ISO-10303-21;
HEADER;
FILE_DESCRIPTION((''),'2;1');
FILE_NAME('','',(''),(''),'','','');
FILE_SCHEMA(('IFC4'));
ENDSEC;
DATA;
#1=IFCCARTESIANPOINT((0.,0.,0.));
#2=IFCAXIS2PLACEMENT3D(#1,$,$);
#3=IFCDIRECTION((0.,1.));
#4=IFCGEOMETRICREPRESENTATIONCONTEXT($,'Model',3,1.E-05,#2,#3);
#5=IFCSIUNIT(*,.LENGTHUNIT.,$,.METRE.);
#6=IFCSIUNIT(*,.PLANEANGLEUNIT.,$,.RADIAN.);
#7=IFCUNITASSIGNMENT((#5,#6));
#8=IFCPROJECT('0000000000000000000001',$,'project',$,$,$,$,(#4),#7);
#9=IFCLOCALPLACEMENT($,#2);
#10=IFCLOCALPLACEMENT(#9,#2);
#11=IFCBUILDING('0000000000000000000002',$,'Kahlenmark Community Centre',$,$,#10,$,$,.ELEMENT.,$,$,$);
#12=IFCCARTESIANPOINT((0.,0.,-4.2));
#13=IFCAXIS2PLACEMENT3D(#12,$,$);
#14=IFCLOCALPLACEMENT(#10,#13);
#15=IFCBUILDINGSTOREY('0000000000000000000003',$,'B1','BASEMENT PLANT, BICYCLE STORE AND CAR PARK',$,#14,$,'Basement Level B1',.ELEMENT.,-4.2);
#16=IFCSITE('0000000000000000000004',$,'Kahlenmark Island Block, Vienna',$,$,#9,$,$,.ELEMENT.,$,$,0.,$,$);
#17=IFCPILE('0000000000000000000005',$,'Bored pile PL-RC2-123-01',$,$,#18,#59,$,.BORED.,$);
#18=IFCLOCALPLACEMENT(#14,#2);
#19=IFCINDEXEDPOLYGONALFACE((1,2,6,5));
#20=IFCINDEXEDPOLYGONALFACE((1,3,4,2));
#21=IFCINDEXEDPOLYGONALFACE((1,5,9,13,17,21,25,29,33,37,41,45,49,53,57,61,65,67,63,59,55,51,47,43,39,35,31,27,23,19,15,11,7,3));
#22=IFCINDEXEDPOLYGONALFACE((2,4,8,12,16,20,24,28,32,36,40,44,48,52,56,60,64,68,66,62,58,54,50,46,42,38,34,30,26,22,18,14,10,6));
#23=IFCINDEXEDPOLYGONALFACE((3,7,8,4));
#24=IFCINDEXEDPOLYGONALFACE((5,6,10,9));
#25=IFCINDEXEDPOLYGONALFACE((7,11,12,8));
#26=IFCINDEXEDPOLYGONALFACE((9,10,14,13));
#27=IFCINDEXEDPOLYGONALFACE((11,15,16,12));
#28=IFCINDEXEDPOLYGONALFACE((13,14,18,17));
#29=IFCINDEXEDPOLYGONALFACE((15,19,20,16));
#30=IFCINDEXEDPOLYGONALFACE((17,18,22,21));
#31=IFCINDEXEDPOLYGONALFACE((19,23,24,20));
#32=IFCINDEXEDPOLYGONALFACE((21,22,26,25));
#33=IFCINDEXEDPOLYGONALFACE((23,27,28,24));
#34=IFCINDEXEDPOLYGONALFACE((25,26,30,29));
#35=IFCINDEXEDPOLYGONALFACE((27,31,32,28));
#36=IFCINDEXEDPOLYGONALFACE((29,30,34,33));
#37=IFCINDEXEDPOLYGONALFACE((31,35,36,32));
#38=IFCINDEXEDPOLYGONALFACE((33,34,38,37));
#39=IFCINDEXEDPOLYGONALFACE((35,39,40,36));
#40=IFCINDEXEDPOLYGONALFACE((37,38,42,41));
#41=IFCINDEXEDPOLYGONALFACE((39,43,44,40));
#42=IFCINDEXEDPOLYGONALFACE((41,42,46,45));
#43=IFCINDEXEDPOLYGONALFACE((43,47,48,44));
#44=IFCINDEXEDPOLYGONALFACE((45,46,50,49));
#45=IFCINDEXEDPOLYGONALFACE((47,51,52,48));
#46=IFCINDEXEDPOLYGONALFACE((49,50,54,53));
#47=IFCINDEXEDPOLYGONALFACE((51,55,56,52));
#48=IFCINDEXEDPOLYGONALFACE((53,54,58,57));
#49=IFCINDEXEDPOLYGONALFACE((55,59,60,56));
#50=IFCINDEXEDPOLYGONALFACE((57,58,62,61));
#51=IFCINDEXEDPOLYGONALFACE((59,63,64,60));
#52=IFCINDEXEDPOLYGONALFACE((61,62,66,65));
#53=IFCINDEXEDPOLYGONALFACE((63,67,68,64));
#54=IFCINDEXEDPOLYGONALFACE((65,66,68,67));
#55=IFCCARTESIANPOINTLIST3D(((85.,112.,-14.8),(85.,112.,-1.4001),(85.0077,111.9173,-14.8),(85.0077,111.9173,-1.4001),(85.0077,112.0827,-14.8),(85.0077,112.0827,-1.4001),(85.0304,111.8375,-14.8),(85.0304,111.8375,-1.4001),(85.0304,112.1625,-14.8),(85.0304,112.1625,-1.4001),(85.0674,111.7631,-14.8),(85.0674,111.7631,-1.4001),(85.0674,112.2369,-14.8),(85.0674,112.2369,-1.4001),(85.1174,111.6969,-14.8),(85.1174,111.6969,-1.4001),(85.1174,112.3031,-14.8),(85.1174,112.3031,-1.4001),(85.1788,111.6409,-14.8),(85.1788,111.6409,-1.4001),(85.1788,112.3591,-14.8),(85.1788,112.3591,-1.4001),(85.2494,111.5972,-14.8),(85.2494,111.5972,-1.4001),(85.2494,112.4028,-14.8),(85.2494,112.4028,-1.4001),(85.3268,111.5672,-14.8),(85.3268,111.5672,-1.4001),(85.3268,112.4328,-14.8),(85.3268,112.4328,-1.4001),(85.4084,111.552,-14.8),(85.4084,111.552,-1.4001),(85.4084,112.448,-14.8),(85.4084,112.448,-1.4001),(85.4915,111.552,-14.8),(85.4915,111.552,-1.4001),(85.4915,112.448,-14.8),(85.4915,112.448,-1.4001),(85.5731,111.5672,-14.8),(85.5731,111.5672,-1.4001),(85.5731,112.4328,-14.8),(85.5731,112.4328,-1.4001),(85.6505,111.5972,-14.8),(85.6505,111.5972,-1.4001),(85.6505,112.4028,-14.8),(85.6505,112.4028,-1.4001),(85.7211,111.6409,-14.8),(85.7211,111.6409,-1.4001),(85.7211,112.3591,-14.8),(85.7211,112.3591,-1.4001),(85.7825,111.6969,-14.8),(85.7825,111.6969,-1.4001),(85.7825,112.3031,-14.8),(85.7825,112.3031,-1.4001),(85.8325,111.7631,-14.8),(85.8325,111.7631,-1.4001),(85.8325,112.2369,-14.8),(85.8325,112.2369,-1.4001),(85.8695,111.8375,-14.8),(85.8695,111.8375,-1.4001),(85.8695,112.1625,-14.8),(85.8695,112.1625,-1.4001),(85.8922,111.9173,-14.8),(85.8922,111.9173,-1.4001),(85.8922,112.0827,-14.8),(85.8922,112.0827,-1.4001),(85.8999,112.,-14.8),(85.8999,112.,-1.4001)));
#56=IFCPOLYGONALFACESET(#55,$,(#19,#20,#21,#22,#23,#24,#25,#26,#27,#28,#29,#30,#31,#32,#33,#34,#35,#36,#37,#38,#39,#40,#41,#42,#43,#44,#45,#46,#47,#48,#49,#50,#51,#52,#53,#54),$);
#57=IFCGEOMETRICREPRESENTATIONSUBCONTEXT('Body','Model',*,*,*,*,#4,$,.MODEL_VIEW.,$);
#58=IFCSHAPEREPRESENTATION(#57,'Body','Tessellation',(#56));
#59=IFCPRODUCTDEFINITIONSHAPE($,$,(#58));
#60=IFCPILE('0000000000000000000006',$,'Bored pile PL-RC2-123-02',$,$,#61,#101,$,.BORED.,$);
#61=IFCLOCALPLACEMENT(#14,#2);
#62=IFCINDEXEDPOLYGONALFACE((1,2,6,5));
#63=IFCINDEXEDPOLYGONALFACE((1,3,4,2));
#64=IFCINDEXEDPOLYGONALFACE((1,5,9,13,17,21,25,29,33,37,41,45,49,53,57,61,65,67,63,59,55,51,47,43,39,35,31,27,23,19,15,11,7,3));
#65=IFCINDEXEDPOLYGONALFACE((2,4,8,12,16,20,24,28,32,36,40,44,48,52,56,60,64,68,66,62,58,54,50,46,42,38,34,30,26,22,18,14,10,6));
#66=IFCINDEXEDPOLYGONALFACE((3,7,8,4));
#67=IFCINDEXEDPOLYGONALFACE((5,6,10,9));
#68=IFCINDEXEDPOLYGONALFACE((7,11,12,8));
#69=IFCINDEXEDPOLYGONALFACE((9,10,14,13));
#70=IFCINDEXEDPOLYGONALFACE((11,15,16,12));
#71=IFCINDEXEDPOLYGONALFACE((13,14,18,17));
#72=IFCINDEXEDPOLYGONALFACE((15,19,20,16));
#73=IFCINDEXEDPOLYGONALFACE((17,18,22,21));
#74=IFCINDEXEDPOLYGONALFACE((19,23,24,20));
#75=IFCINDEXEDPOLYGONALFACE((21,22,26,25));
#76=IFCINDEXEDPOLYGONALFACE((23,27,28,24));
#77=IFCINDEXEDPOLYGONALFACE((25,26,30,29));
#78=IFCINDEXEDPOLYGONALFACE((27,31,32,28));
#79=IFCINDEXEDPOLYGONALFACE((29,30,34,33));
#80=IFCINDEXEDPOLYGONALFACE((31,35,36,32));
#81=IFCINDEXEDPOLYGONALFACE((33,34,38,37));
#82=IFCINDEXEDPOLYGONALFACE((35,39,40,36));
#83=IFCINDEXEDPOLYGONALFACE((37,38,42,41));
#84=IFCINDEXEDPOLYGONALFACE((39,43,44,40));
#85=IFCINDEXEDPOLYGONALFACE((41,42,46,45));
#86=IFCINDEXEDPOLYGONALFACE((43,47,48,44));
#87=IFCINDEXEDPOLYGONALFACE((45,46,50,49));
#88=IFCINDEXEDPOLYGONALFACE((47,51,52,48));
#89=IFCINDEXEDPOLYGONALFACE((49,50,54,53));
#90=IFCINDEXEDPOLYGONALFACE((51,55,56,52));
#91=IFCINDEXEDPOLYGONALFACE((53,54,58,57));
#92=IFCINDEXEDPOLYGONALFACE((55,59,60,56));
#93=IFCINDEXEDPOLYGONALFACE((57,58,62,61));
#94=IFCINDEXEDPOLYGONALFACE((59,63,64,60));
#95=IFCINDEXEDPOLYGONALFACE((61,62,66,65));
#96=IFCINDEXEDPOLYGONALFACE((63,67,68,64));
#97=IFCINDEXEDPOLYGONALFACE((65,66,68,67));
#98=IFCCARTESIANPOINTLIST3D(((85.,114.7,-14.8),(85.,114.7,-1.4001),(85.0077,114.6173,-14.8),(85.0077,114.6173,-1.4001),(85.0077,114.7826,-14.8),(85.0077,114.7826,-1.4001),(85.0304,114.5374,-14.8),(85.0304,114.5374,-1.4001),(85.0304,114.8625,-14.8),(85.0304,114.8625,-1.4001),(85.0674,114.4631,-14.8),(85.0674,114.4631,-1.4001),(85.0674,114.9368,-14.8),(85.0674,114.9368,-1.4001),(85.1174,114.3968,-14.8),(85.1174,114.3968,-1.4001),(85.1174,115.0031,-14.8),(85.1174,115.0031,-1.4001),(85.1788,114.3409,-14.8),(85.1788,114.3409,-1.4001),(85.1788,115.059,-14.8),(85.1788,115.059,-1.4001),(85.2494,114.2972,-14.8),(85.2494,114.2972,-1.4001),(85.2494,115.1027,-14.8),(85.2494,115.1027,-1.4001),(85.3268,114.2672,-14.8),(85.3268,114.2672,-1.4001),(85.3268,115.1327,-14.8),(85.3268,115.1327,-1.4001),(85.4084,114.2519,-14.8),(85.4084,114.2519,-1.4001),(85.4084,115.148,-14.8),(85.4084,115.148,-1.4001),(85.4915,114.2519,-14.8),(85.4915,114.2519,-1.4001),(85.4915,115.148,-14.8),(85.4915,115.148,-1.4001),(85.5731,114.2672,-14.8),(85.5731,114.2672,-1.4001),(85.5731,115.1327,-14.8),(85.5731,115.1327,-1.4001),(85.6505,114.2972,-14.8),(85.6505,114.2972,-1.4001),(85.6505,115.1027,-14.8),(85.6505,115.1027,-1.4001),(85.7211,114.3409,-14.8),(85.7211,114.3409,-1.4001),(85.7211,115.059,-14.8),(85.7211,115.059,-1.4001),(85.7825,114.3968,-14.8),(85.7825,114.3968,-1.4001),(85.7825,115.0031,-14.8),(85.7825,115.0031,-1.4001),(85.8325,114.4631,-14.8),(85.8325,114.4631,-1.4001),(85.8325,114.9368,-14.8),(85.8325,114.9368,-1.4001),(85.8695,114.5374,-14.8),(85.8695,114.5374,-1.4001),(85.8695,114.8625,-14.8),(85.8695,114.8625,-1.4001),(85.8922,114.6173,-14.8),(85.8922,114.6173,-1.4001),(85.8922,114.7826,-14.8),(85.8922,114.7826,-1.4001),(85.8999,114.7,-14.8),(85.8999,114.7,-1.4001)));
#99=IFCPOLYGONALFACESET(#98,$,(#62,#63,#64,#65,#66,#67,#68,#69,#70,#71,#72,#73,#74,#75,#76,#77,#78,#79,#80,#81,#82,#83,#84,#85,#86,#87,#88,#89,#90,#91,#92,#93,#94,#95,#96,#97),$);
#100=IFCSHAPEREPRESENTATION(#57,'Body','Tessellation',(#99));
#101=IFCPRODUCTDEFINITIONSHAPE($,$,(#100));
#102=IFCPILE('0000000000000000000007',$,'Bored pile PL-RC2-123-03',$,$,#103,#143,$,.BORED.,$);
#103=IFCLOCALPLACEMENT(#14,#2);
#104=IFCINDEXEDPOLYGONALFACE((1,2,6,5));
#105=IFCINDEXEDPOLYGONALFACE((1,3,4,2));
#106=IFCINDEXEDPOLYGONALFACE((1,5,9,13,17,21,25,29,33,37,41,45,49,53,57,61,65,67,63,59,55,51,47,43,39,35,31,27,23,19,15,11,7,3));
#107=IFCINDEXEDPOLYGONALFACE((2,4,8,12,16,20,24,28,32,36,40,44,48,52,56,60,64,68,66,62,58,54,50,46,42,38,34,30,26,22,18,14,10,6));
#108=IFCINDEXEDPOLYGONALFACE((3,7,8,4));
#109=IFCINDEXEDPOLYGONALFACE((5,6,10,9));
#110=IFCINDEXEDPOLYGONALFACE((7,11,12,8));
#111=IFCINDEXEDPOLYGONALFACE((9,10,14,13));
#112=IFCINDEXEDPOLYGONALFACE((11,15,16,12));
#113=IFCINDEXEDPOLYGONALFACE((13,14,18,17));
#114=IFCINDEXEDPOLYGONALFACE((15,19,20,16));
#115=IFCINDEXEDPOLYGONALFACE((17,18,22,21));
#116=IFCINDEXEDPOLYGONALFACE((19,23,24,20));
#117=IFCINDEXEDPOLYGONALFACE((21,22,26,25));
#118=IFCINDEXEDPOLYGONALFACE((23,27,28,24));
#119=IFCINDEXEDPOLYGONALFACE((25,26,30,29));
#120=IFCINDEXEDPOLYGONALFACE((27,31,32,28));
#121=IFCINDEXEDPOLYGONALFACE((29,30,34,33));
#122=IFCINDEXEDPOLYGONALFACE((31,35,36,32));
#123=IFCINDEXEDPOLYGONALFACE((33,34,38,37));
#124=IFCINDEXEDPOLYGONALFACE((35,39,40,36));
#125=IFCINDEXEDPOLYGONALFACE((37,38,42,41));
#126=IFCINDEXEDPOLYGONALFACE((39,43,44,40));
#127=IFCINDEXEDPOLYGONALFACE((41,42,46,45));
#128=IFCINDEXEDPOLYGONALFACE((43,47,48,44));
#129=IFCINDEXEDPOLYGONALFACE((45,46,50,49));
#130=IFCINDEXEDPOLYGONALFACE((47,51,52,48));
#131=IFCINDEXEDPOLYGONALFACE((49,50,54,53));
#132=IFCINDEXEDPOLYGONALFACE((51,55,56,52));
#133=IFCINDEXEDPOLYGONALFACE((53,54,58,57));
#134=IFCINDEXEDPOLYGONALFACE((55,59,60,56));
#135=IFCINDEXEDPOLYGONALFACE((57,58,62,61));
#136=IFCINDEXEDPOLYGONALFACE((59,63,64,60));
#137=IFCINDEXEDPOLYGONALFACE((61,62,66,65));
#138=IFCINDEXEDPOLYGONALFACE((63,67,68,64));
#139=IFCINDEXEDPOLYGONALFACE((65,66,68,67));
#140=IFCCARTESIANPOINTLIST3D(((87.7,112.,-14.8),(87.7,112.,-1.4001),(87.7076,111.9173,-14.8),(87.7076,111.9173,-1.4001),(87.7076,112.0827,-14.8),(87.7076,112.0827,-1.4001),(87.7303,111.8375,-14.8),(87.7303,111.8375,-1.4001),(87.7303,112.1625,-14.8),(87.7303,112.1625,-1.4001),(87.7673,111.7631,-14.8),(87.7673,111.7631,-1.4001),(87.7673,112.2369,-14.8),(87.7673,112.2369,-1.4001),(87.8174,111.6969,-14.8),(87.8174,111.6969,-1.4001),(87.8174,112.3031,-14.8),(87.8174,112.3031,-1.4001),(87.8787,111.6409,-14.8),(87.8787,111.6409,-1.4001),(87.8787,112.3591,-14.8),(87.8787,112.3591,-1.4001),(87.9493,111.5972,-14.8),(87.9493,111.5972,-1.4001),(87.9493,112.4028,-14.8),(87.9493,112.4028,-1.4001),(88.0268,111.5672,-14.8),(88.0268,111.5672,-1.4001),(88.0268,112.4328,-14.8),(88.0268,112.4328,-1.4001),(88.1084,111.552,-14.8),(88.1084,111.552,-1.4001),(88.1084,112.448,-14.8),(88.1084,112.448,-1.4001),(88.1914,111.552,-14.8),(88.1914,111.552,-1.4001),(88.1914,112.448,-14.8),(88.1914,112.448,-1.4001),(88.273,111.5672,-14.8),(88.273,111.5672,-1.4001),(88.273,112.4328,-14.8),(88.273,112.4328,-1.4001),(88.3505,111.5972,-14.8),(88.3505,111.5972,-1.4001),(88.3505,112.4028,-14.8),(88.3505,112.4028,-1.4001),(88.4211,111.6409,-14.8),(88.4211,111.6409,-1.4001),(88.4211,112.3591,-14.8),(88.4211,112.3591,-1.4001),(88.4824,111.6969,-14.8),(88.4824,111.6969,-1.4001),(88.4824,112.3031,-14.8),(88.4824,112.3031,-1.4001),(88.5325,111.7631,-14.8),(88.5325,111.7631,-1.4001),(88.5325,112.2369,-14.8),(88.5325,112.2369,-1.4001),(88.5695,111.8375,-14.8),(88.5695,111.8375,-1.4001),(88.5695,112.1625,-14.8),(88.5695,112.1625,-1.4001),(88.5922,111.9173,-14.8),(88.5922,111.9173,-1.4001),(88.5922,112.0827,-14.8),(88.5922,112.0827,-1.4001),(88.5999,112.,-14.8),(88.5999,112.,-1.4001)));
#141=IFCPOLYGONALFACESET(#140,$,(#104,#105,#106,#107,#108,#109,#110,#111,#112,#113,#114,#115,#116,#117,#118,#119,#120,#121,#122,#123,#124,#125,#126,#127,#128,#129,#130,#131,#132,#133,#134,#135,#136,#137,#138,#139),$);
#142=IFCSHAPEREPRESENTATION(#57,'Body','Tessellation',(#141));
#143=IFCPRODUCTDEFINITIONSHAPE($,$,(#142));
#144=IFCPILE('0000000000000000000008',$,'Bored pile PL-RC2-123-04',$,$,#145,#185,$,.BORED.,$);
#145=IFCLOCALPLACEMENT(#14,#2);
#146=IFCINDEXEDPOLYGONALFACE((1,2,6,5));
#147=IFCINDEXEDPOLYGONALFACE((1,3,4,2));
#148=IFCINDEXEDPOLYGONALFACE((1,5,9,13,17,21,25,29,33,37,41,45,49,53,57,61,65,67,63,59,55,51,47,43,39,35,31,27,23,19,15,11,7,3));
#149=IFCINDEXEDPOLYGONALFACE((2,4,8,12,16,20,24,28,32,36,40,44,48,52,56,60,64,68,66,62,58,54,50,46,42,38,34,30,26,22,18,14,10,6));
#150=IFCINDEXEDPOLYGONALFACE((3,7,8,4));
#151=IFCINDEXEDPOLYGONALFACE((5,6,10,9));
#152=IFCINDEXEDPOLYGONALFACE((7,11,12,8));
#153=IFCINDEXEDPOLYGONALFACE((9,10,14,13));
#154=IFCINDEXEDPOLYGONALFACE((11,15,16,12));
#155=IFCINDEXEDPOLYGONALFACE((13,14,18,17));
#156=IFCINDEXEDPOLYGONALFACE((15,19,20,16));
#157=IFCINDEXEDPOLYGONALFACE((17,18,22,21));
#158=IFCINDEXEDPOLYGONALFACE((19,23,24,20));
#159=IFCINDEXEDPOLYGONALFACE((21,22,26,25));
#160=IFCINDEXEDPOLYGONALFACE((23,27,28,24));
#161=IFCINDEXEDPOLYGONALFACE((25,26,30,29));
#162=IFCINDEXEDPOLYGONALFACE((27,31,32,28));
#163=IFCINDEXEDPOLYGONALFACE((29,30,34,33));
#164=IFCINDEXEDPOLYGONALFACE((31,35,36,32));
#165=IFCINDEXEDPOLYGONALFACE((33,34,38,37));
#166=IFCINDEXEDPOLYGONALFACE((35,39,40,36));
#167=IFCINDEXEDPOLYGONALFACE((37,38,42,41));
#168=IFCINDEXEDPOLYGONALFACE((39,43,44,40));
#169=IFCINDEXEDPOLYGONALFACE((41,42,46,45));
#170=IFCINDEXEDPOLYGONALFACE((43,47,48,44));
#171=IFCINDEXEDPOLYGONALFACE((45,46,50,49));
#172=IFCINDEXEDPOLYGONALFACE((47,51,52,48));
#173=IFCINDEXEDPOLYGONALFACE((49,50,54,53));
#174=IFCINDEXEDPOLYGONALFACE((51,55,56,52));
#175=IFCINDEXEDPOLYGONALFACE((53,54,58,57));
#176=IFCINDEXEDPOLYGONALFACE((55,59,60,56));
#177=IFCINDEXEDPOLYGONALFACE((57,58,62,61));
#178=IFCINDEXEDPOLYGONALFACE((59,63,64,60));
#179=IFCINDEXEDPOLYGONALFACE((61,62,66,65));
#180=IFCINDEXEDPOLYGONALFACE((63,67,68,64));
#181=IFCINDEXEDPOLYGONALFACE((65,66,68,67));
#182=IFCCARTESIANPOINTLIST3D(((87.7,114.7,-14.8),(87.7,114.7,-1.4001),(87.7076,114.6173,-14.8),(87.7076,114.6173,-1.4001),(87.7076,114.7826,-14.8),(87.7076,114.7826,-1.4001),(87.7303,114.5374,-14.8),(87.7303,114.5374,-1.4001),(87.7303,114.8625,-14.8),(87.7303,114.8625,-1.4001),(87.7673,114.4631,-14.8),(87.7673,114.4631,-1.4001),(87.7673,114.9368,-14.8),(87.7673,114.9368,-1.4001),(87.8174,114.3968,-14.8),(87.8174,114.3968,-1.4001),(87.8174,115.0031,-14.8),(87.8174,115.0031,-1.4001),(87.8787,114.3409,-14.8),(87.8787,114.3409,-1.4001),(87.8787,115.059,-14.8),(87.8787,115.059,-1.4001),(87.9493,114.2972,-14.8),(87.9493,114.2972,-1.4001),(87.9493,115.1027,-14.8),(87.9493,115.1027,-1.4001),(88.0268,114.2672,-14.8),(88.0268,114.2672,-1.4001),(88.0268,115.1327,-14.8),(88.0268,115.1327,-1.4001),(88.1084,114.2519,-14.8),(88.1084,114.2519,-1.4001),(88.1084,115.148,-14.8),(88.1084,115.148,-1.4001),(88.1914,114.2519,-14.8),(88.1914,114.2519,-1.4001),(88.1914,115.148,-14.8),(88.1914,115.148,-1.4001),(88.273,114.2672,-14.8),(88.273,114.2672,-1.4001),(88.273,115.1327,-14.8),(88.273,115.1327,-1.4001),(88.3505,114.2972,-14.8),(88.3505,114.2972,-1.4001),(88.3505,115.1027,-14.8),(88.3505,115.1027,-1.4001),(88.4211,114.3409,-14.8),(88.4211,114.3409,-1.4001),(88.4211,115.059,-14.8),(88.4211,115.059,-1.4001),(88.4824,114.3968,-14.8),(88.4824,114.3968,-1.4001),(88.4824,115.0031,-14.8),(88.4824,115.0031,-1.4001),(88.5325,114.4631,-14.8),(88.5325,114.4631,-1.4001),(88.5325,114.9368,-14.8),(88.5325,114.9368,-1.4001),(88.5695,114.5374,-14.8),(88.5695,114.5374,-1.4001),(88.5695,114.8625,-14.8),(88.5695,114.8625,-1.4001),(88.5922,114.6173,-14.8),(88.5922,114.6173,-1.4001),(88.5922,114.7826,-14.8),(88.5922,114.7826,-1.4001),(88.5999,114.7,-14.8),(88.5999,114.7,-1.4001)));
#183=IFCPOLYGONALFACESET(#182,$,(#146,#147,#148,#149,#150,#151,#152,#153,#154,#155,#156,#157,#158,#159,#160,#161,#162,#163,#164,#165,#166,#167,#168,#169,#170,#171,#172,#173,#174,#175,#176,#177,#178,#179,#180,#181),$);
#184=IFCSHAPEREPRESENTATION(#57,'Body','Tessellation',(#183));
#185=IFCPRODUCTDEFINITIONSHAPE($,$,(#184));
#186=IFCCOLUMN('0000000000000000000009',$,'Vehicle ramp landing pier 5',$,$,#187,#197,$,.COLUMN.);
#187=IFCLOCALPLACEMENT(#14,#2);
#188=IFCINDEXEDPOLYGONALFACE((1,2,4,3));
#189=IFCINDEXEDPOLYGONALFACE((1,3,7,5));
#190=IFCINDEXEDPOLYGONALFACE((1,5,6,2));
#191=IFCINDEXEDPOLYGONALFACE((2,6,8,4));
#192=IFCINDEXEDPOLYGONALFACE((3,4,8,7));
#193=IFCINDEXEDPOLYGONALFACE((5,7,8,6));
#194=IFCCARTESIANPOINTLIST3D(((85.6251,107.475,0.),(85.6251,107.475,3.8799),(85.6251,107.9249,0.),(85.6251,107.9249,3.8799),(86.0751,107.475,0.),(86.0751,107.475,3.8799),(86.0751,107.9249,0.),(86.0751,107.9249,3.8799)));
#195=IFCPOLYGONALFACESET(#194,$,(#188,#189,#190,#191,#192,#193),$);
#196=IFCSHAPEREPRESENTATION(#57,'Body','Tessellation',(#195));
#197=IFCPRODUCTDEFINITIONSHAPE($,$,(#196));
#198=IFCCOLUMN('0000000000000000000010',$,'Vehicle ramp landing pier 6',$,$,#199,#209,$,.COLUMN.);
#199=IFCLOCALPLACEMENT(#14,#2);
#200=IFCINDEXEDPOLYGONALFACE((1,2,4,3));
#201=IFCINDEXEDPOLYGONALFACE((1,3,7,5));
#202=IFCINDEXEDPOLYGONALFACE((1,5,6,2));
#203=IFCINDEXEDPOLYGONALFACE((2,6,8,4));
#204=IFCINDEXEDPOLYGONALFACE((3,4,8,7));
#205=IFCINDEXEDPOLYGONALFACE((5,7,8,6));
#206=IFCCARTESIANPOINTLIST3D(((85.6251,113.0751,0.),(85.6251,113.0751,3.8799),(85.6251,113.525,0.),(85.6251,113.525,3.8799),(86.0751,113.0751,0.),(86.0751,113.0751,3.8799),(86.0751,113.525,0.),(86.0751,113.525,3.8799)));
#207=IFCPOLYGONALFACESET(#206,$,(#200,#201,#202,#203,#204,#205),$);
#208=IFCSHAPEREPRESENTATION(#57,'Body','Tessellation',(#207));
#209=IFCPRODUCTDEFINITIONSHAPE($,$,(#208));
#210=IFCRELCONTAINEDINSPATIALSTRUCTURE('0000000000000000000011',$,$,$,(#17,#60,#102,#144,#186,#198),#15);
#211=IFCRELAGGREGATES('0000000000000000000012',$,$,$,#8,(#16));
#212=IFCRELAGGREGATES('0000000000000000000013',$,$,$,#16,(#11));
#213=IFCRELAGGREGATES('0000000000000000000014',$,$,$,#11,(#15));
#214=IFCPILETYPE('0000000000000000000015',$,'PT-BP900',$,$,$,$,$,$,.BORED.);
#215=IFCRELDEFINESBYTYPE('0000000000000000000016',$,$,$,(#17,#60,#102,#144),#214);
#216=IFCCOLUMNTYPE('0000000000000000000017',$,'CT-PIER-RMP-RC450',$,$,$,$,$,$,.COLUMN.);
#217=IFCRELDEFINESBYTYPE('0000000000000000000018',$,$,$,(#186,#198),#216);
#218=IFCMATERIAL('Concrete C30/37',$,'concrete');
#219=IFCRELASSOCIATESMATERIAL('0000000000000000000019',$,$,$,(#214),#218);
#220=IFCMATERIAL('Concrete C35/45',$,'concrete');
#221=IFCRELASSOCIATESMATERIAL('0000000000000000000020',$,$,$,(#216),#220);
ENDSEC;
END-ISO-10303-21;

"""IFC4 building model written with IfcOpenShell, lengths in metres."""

from ifc_helpers import new_model, si_unit, direction, frame, origin, origin_2d, place, context, subcontext, project, spatial, rectangle, circle, extrude, material, material_profile, profile_set, type_object, element, save


model = new_model("IFC4")

# Units and contexts
model_context = context("Model", 3, precision=1e-05, world=origin(), true_north=direction((0.0, 1.0)))
body_context = subcontext(model_context, "Body", "Model", "MODEL_VIEW")
ifc_project = project(units=[si_unit("LENGTHUNIT", "METRE"), si_unit("PLANEANGLEUNIT", "RADIAN")], contexts=[model_context])

# Site, building, storey
site_placement = place(None, origin())
site = spatial("IfcSite", under=ifc_project, at=site_placement, Name="Kahlenmark Island Block, Vienna", CompositionType="ELEMENT", RefElevation=0.0)
building_placement = place(site_placement, origin())
building = spatial("IfcBuilding", under=site, at=building_placement, Name="Kahlenmark Community Centre", CompositionType="ELEMENT")
storey_placement = place(building_placement, frame((0.0, 0.0, -4.2)))
storey = spatial("IfcBuildingStorey", under=building, at=storey_placement, Name="B1", Description="BASEMENT PLANT, BICYCLE STORE AND CAR PARK", LongName="Basement Level B1", CompositionType="ELEMENT", Elevation=-4.2)

# Shared definitions
ifc_material_1 = material(Name="Concrete C30/37", Category="concrete")

# Piles
ifc_material_profile_1 = material_profile(ifc_material_1, circle(Radius=0.45, at=origin_2d()), Name="BORED PILE 900")
ifc_profile_set_1 = profile_set([ifc_material_profile_1], Name="Concrete C30/37")
pile_type_1 = type_object("IfcPileType", Name="PT-BP900", PredefinedType="BORED", material=ifc_profile_set_1)
for number, where, z_axis, x_axis, name in (
    (1, (85.45, 112.0, -1.4001), (0.0, 0.0, -1.0), (1.0, 0.0, 0.0), "Bored pile PL-RC2-123-01"),
    (2, (85.45, 114.7, -1.4001), (0.0, 0.0, -1.0), (1.0, 0.0, 0.0), "Bored pile PL-RC2-123-02"),
    (3, (88.1499, 112.0, -1.4001), (0.0, 0.0, -1.0), (1.0, 0.0, 0.0), "Bored pile PL-RC2-123-03"),
    (4, (88.1499, 114.7, -1.4001), (0.0, 0.0, -1.0), (1.0, 0.0, 0.0), "Bored pile PL-RC2-123-04"),
):
    element("IfcPile", number, at=place(storey_placement, frame(where, z_axis=z_axis, x_axis=x_axis)), inside=storey, type_object=pile_type_1, Name=name, PredefinedType="BORED", context=body_context, shape_type="SweptSolid", body=[
        extrude(circle(Radius=0.45, at=origin_2d()), origin(), (0.0, 0.0, 1.0), 13.3999),
    ])

# Columns
ifc_material_2 = material(Name="Concrete C35/45", Category="concrete")
ifc_material_profile_2 = material_profile(ifc_material_2, rectangle(XDim=0.45, YDim=0.45, at=origin_2d()), Name="RC 450x450")
ifc_profile_set_2 = profile_set([ifc_material_profile_2], Name="Concrete C35/45")
column_type_1 = type_object("IfcColumnType", Name="CT-PIER-RMP-RC450", PredefinedType="COLUMN", material=ifc_profile_set_2)
for number, where, z_axis, x_axis, name in (
    (5, (85.8501, 107.7, 0.0), (0.0, 0.0, 1.0), (1.0, 0.0, 0.0), "Vehicle ramp landing pier 5"),
    (6, (85.8501, 113.3, 0.0), (0.0, 0.0, 1.0), (1.0, 0.0, 0.0), "Vehicle ramp landing pier 6"),
):
    element("IfcColumn", number, at=place(storey_placement, frame(where, z_axis=z_axis, x_axis=x_axis)), inside=storey, type_object=column_type_1, Name=name, PredefinedType="COLUMN", context=body_context, shape_type="SweptSolid", body=[
        extrude(rectangle(XDim=0.45, YDim=0.45, at=origin_2d()), origin(), (0.0, 0.0, 1.0), 3.8799),
    ])

save(model, "model.ifc")
